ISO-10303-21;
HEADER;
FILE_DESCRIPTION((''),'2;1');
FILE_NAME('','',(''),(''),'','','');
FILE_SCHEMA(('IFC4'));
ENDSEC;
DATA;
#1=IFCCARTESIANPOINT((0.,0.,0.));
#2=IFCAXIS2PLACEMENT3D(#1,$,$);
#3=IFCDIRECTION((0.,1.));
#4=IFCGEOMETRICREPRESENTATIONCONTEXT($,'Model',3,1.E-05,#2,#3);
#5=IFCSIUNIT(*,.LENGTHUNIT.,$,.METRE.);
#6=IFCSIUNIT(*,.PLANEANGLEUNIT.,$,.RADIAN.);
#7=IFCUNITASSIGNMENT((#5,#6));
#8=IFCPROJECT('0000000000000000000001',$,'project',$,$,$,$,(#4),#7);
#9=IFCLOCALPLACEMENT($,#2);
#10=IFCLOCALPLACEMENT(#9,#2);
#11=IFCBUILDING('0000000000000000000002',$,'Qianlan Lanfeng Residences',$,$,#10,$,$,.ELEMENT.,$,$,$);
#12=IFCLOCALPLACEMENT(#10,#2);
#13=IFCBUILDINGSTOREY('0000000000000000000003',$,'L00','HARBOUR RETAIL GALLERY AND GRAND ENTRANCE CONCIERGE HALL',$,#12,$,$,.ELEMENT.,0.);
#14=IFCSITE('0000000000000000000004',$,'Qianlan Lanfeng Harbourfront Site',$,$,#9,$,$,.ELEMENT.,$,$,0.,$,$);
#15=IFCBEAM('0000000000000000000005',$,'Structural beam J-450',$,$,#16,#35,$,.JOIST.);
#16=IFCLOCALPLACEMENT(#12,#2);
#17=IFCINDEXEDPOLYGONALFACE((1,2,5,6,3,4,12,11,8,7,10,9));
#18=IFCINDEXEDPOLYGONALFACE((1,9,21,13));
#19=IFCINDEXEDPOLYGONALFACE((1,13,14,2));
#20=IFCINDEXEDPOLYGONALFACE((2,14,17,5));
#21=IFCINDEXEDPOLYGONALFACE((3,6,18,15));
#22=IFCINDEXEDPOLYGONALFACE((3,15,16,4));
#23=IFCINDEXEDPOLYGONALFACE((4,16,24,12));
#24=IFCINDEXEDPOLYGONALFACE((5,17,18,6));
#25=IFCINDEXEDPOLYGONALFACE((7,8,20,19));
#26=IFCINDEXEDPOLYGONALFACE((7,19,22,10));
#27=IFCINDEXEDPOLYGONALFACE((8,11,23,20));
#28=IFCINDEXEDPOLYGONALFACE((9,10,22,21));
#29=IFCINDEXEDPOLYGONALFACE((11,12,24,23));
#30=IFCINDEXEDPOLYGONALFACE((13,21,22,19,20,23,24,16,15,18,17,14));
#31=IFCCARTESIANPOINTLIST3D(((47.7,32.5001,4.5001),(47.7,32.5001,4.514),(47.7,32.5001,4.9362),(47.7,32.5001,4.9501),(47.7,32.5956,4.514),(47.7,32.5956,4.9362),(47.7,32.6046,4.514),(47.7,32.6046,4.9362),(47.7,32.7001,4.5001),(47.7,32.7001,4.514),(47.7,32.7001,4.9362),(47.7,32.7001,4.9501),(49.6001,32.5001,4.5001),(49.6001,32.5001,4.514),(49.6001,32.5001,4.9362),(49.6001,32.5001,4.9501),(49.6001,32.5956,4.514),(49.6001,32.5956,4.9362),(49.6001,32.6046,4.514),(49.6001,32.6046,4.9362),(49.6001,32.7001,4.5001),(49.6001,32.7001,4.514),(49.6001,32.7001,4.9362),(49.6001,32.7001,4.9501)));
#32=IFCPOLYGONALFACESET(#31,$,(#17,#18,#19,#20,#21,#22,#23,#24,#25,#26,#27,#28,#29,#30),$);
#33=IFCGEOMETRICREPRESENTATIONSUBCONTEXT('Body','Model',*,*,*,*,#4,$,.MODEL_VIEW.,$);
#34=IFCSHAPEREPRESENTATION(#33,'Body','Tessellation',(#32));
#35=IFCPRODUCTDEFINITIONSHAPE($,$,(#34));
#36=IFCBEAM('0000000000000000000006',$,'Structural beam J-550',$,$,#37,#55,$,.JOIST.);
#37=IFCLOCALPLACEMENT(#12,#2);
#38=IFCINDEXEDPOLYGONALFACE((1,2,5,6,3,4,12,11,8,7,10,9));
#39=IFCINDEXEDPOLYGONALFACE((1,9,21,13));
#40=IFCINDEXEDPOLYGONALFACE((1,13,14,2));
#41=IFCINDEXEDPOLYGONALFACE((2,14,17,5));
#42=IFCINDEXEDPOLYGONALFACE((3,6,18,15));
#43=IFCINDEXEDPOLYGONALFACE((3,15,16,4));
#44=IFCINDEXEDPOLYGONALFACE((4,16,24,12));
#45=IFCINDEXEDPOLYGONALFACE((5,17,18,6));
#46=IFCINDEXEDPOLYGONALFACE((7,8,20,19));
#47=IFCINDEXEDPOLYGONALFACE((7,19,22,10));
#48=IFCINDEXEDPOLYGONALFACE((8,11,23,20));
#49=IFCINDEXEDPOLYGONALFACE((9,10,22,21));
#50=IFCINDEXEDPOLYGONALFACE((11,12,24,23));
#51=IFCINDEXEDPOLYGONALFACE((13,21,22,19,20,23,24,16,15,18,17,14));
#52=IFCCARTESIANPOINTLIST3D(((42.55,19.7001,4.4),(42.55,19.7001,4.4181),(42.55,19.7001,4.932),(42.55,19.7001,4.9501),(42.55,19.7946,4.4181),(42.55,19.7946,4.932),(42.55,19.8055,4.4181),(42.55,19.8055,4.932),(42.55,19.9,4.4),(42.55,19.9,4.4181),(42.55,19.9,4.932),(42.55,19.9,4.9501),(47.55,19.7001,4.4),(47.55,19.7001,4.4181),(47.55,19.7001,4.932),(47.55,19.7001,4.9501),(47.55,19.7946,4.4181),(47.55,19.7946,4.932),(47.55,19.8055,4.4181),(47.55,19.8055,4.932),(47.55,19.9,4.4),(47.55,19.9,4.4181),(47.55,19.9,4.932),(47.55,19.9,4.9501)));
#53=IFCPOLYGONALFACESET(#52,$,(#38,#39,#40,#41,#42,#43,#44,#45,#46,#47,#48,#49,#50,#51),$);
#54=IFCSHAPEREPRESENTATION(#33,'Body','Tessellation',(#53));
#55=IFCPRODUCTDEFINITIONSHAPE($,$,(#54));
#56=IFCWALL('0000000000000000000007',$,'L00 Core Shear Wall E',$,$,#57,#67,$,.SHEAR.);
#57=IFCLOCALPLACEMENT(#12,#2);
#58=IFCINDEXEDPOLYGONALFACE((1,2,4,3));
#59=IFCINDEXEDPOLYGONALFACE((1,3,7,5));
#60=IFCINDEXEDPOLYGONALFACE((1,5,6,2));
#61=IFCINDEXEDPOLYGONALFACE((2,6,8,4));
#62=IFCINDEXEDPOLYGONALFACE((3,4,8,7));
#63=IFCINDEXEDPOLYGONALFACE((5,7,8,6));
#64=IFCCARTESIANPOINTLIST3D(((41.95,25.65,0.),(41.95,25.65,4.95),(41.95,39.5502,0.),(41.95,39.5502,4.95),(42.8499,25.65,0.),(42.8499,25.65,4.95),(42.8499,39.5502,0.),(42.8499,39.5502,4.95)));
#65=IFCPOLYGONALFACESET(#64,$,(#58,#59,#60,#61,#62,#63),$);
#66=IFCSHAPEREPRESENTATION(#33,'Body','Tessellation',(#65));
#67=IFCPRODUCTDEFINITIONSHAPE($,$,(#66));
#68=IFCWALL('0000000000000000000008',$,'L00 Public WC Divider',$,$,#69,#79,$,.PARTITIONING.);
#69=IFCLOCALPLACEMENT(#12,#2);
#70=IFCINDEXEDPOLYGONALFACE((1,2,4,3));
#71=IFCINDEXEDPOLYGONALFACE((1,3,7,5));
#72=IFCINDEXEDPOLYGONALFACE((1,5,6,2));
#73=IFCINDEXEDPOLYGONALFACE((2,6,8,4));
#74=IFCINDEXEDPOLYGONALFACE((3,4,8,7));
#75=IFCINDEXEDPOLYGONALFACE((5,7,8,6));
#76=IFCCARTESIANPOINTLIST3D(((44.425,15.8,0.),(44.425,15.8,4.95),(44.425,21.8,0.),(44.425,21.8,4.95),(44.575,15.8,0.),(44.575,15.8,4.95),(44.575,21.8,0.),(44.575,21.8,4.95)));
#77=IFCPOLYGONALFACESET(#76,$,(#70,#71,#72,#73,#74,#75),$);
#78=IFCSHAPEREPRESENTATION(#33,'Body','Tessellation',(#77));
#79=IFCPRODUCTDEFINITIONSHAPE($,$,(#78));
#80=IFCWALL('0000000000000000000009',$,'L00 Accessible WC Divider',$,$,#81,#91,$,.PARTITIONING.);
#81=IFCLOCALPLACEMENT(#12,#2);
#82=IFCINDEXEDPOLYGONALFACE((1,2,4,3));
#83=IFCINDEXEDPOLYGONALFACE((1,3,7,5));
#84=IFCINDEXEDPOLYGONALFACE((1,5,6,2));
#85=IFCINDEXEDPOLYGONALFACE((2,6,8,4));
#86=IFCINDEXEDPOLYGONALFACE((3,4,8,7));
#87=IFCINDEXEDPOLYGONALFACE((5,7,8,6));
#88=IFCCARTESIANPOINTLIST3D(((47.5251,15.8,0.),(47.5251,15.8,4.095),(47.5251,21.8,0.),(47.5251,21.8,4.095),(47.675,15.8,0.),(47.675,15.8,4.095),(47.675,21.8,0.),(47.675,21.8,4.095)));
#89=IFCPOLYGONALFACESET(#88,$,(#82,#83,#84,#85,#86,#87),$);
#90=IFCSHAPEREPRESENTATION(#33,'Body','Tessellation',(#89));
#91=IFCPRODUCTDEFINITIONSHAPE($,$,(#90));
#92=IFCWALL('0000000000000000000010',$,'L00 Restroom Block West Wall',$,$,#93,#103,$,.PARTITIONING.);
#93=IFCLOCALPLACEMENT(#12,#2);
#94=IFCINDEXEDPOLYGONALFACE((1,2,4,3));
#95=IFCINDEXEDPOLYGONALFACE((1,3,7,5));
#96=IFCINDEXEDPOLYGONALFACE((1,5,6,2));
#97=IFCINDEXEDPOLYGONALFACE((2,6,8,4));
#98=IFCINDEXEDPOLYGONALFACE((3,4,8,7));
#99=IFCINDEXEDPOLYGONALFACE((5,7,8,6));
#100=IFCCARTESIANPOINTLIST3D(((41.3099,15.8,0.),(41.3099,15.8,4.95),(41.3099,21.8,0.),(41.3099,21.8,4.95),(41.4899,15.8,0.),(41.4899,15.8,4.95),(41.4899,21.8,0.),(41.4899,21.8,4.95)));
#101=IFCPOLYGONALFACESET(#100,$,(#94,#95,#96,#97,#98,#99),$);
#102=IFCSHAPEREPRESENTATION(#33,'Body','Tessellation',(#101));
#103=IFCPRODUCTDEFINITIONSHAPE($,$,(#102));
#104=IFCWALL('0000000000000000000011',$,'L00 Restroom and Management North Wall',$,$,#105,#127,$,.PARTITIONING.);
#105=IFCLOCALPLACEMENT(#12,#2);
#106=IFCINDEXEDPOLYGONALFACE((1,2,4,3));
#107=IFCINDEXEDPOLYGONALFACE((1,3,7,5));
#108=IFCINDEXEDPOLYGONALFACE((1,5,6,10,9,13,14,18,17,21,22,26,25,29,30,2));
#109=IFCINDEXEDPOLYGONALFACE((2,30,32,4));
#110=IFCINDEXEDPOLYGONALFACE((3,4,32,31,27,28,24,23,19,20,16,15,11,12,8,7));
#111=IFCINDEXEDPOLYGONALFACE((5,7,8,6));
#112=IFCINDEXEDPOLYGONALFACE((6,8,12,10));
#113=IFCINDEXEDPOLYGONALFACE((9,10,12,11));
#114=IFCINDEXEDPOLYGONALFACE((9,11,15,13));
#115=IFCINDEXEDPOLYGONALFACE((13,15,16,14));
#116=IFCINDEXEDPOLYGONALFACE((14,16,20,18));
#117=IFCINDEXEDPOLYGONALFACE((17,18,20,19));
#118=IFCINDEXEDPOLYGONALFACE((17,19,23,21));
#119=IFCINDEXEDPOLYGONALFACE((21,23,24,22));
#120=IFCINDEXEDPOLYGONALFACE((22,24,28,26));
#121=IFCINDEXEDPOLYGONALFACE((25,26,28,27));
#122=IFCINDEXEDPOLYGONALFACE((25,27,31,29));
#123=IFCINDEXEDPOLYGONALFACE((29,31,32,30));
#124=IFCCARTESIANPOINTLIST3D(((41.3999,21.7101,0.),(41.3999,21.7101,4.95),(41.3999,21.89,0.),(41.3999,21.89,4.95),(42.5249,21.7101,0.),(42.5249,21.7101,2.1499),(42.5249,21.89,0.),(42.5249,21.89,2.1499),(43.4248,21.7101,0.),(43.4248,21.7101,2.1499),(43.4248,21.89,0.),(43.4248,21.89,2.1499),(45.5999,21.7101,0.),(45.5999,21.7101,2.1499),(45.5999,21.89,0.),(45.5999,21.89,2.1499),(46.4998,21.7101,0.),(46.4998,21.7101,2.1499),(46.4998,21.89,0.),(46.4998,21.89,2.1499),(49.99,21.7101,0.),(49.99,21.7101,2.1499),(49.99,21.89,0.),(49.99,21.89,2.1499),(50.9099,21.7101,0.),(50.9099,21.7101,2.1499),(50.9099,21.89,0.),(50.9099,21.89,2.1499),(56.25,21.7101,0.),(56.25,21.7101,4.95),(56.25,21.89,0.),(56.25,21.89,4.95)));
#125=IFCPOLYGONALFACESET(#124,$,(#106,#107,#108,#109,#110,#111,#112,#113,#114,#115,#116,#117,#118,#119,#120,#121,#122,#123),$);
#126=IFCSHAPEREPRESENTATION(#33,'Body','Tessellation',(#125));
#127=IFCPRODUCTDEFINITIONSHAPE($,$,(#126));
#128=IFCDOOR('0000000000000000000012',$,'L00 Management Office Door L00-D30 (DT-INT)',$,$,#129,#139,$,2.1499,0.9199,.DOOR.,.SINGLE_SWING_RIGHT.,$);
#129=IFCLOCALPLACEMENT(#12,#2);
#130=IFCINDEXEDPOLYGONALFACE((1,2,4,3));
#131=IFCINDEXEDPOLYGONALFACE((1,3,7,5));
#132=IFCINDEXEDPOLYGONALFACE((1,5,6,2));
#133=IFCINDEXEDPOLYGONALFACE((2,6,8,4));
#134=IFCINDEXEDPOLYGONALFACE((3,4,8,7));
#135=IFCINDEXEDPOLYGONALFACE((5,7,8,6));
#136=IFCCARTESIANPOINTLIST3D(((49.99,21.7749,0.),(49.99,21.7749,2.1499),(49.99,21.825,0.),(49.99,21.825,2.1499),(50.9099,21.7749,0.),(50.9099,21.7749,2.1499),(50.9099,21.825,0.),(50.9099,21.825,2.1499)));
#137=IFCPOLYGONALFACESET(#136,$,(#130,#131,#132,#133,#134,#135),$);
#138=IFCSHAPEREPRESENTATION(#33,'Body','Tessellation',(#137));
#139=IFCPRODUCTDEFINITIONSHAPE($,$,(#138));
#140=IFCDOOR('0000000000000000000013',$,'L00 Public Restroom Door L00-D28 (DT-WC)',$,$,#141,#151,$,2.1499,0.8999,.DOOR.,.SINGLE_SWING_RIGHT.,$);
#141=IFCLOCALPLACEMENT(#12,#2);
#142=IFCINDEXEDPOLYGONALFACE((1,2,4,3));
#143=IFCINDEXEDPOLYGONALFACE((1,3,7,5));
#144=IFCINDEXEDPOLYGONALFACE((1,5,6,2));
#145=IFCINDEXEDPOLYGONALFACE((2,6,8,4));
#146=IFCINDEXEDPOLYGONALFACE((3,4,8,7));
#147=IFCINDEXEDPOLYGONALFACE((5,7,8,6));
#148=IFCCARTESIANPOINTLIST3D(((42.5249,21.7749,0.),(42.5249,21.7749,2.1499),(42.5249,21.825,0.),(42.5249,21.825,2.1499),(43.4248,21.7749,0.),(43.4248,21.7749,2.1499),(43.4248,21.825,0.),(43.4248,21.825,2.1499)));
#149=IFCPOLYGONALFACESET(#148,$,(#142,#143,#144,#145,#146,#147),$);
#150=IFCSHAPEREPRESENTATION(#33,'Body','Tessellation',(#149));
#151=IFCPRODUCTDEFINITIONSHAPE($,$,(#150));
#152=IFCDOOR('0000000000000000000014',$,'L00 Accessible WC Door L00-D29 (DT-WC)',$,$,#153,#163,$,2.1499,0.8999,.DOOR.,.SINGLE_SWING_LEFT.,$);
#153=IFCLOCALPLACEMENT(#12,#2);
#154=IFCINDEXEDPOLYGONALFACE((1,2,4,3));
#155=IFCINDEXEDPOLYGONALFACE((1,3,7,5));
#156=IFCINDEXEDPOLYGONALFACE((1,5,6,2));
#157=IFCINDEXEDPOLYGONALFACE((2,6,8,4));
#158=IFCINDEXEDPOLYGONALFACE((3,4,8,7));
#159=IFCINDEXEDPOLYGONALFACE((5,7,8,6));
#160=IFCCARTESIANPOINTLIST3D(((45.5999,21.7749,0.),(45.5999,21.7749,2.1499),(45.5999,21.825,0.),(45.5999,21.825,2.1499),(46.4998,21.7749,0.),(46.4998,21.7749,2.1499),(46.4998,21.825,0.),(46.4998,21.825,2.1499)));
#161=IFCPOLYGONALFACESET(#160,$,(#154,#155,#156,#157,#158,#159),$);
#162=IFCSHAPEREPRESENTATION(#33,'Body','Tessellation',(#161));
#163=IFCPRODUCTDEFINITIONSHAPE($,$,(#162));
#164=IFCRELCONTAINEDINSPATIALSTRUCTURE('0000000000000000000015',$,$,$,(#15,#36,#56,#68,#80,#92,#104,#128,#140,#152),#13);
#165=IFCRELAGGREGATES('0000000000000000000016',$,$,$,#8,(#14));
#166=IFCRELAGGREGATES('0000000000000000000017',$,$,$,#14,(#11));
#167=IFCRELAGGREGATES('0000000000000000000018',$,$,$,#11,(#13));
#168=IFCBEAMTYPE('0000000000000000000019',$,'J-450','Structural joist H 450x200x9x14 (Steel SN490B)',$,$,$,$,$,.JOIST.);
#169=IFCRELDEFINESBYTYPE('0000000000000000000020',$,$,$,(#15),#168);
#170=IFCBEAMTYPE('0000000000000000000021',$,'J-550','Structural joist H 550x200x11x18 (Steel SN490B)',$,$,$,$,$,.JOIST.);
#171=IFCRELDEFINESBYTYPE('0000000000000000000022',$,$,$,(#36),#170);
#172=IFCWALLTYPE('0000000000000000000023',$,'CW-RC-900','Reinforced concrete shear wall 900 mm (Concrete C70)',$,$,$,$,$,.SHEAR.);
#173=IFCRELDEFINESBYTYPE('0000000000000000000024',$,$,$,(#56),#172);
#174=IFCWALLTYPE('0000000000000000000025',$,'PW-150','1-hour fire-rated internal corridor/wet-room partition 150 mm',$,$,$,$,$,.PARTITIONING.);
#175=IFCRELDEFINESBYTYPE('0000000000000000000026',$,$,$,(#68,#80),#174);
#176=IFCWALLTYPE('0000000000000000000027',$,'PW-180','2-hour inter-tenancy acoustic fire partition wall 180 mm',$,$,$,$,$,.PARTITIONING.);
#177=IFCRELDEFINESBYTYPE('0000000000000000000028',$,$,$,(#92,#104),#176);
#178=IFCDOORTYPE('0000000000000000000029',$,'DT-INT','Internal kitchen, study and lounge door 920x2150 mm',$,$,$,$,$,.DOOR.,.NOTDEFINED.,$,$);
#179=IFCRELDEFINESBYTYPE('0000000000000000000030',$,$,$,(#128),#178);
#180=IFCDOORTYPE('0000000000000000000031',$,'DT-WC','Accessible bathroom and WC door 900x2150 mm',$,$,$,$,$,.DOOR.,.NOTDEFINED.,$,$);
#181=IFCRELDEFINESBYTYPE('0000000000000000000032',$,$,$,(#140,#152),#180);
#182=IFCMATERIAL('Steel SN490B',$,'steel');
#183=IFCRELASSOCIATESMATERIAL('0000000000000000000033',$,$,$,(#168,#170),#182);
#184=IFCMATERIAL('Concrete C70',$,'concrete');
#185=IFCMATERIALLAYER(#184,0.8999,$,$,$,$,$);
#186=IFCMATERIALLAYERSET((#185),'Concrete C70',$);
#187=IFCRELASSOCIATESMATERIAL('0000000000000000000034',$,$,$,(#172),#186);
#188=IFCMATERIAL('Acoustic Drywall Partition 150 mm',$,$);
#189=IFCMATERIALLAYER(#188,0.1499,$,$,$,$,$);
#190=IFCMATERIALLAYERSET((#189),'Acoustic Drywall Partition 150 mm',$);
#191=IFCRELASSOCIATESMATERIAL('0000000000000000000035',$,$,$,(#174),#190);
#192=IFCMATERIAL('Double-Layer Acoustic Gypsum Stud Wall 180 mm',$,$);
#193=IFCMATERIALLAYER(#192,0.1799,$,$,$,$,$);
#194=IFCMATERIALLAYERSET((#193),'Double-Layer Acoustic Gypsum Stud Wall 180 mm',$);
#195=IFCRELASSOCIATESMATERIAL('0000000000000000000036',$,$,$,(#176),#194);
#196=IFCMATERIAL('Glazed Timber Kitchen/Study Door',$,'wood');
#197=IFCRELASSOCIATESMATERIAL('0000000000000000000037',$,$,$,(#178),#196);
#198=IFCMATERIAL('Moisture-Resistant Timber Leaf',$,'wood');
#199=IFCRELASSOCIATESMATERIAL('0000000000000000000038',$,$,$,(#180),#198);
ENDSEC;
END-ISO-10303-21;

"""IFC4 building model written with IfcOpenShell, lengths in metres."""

from ifc_helpers import new_model, si_unit, direction, frame, frame_2d, origin, origin_2d, place, context, subcontext, project, spatial, rectangle, i_section, extrude, material, layer, layer_set, material_profile, profile_set, type_object, element, fill, save


model = new_model("IFC4")

# Units and contexts
model_context = context("Model", 3, precision=1e-05, world=origin(), true_north=direction((0.0, 1.0)))
body_context = subcontext(model_context, "Body", "Model", "MODEL_VIEW")
ifc_project = project(units=[si_unit("LENGTHUNIT", "METRE"), si_unit("PLANEANGLEUNIT", "RADIAN")], contexts=[model_context])

# Site, building, storey
site_placement = place(None, origin())
site = spatial("IfcSite", under=ifc_project, at=site_placement, Name="Qianlan Lanfeng Harbourfront Site", CompositionType="ELEMENT", RefElevation=0.0)
building_placement = place(site_placement, origin())
building = spatial("IfcBuilding", under=site, at=building_placement, Name="Qianlan Lanfeng Residences", CompositionType="ELEMENT")
storey_placement = place(building_placement, origin())
storey = spatial("IfcBuildingStorey", under=building, at=storey_placement, Name="L00", Description="HARBOUR RETAIL GALLERY AND GRAND ENTRANCE CONCIERGE HALL", CompositionType="ELEMENT", Elevation=0.0)

# Beams
ifc_material_1 = material(Name="Steel SN490B", Category="steel")
ifc_material_profile_1 = material_profile(ifc_material_1, i_section(OverallWidth=0.2, OverallDepth=0.45, WebThickness=0.009, FlangeThickness=0.0139, at=origin_2d()), Name="H 450x200x9x14")
ifc_profile_set_1 = profile_set([ifc_material_profile_1], Name="Steel SN490B")
beam_type_1 = type_object("IfcBeamType", Name="J-450", Description="Structural joist H 450x200x9x14 (Steel SN490B)", PredefinedType="JOIST", material=ifc_profile_set_1)
for number, where, z_axis, x_axis, name in (
    (1, (47.7, 32.6001, 4.7251), (1.0, 0.0, 0.0), (0.0, 1.0, 0.0), "Structural beam J-450"),
):
    element("IfcBeam", number, at=place(storey_placement, frame(where, z_axis=z_axis, x_axis=x_axis)), inside=storey, type_object=beam_type_1, Name=name, PredefinedType="JOIST", context=body_context, shape_type="SweptSolid", body=[
        extrude(i_section(OverallWidth=0.2, OverallDepth=0.45, WebThickness=0.009, FlangeThickness=0.0139, at=origin_2d()), origin(), (0.0, 0.0, 1.0), 1.9001),
    ])
ifc_material_profile_2 = material_profile(ifc_material_1, i_section(OverallWidth=0.2, OverallDepth=0.55, WebThickness=0.011, FlangeThickness=0.0181, at=origin_2d()), Name="H 550x200x11x18")
ifc_profile_set_2 = profile_set([ifc_material_profile_2], Name="Steel SN490B")
beam_type_2 = type_object("IfcBeamType", Name="J-550", Description="Structural joist H 550x200x11x18 (Steel SN490B)", PredefinedType="JOIST", material=ifc_profile_set_2)
beam_1_placement = place(storey_placement, frame((42.55, 19.8, 4.675), z_axis=(1.0, 0.0, 0.0), x_axis=(0.0, 1.0, 0.0)))
element("IfcBeam", 2, at=beam_1_placement, inside=storey, type_object=beam_type_2, Name="Structural beam J-550", PredefinedType="JOIST", context=body_context, shape_type="SweptSolid", body=[
    extrude(i_section(OverallWidth=0.2, OverallDepth=0.55, WebThickness=0.011, FlangeThickness=0.0181, at=origin_2d()), origin(), (0.0, 0.0, 1.0), 5.0),
])

# Walls
ifc_material_2 = material(Name="Concrete C70", Category="concrete")
ifc_layer_1 = layer(ifc_material_2, 0.8999)
ifc_layer_set_1 = layer_set([ifc_layer_1], Name="Concrete C70")
wall_type_1 = type_object("IfcWallType", Name="CW-RC-900", Description="Reinforced concrete shear wall 900 mm (Concrete C70)", PredefinedType="SHEAR", material=ifc_layer_set_1)
wall_1_placement = place(storey_placement, frame((42.3999, 25.6499, 0.0), z_axis=(0.0, 0.0, 1.0), x_axis=(0.0, 1.0, 0.0)))
element("IfcWall", 3, at=wall_1_placement, inside=storey, type_object=wall_type_1, Name="L00 Core Shear Wall E", PredefinedType="SHEAR", context=body_context, shape_type="SweptSolid", body=[
    extrude(rectangle(XDim=13.9001, YDim=0.8999, at=frame_2d((6.9502, 0.0))), origin(), (0.0, 0.0, 1.0), 4.95),
])
ifc_material_3 = material(Name="Acoustic Drywall Partition 150 mm")
ifc_layer_2 = layer(ifc_material_3, 0.1499)
ifc_layer_set_2 = layer_set([ifc_layer_2], Name="Acoustic Drywall Partition 150 mm")
wall_type_2 = type_object("IfcWallType", Name="PW-150", Description="1-hour fire-rated internal corridor/wet-room partition 150 mm", PredefinedType="PARTITIONING", material=ifc_layer_set_2)
wall_2_placement = place(storey_placement, frame((44.5, 15.8, 0.0), z_axis=(0.0, 0.0, 1.0), x_axis=(0.0, 1.0, 0.0)))
element("IfcWall", 4, at=wall_2_placement, inside=storey, type_object=wall_type_2, Name="L00 Public WC Divider", PredefinedType="PARTITIONING", context=body_context, shape_type="SweptSolid", body=[
    extrude(rectangle(XDim=6.0, YDim=0.1499, at=frame_2d((3.0, 0.0))), origin(), (0.0, 0.0, 1.0), 4.95),
])
wall_3_placement = place(storey_placement, frame((47.6001, 15.8, 0.0), z_axis=(0.0, 0.0, 1.0), x_axis=(0.0, 1.0, 0.0)))
element("IfcWall", 5, at=wall_3_placement, inside=storey, type_object=wall_type_2, Name="L00 Accessible WC Divider", PredefinedType="PARTITIONING", context=body_context, shape_type="SweptSolid", body=[
    extrude(rectangle(XDim=6.0, YDim=0.1499, at=frame_2d((3.0, 0.0))), origin(), (0.0, 0.0, 1.0), 4.095),
])
ifc_material_4 = material(Name="Double-Layer Acoustic Gypsum Stud Wall 180 mm")
ifc_layer_3 = layer(ifc_material_4, 0.1799)
ifc_layer_set_3 = layer_set([ifc_layer_3], Name="Double-Layer Acoustic Gypsum Stud Wall 180 mm")
wall_type_3 = type_object("IfcWallType", Name="PW-180", Description="2-hour inter-tenancy acoustic fire partition wall 180 mm", PredefinedType="PARTITIONING", material=ifc_layer_set_3)
wall_4_placement = place(storey_placement, frame((41.3999, 15.8, 0.0), z_axis=(0.0, 0.0, 1.0), x_axis=(0.0, 1.0, 0.0)))
element("IfcWall", 6, at=wall_4_placement, inside=storey, type_object=wall_type_3, Name="L00 Restroom Block West Wall", PredefinedType="PARTITIONING", context=body_context, shape_type="SweptSolid", body=[
    extrude(rectangle(XDim=6.0, YDim=0.1799, at=frame_2d((3.0, 0.0))), origin(), (0.0, 0.0, 1.0), 4.95),
])

# Wall, openings, doors
wall_5_placement = place(storey_placement, frame((41.3999, 21.8, 0.0), z_axis=(0.0, 0.0, 1.0), x_axis=(1.0, 0.0, 0.0)))
wall_5 = element("IfcWall", 7, at=wall_5_placement, inside=storey, type_object=wall_type_3, Name="L00 Restroom and Management North Wall", PredefinedType="PARTITIONING", context=body_context, shape_type="SweptSolid", body=[
    extrude(rectangle(XDim=14.8501, YDim=0.1799, at=frame_2d((7.425, 0.0))), origin(), (0.0, 0.0, 1.0), 4.95),
])
opening_1_placement = place(wall_5_placement, frame((1.125, 0.0, 0.0)))
opening_1 = element("IfcOpeningElement", 8, at=opening_1_placement, cuts=wall_5, PredefinedType="OPENING", context=body_context, shape_type="SweptSolid", body=[
    extrude(rectangle(XDim=0.8999, YDim=2.1499, at=frame_2d((0.45, 1.075))), frame((0.0, 0.1001, 0.0), z_axis=(0.0, -1.0, 0.0), x_axis=(1.0, 0.0, 0.0)), (0.0, 0.0, 1.0), 0.2),
])
opening_2_placement = place(wall_5_placement, frame((4.2, 0.0, 0.0)))
opening_2 = element("IfcOpeningElement", 9, at=opening_2_placement, cuts=wall_5, PredefinedType="OPENING", context=body_context, shape_type="SweptSolid", body=[
    extrude(rectangle(XDim=0.8999, YDim=2.1499, at=frame_2d((0.45, 1.075))), frame((0.0, 0.1001, 0.0), z_axis=(0.0, -1.0, 0.0), x_axis=(1.0, 0.0, 0.0)), (0.0, 0.0, 1.0), 0.2),
])
opening_3_placement = place(wall_5_placement, frame((8.5901, 0.0, 0.0)))
opening_3 = element("IfcOpeningElement", 10, at=opening_3_placement, cuts=wall_5, PredefinedType="OPENING", context=body_context, shape_type="SweptSolid", body=[
    extrude(rectangle(XDim=0.9199, YDim=2.1499, at=frame_2d((0.46, 1.075))), frame((0.0, 0.1001, 0.0), z_axis=(0.0, -1.0, 0.0), x_axis=(1.0, 0.0, 0.0)), (0.0, 0.0, 1.0), 0.2),
])
ifc_material_5 = material(Name="Glazed Timber Kitchen/Study Door", Category="wood")
door_type_1 = type_object("IfcDoorType", Name="DT-INT", Description="Internal kitchen, study and lounge door 920x2150 mm", OperationType="NOTDEFINED", PredefinedType="DOOR", material=ifc_material_5)
door_1_placement = place(opening_3_placement, origin())
door_1 = element("IfcDoor", 11, at=door_1_placement, inside=storey, type_object=door_type_1, Name="L00 Management Office Door L00-D30 (DT-INT)", OperationType="SINGLE_SWING_RIGHT", OverallHeight=2.1499, OverallWidth=0.9199, PredefinedType="DOOR", context=body_context, shape_type="SweptSolid", body=[
    extrude(rectangle(XDim=0.9199, YDim=2.1499, at=frame_2d((0.46, 1.075))), frame((0.0, 0.0249, 0.0), z_axis=(0.0, -1.0, 0.0), x_axis=(1.0, 0.0, 0.0)), (0.0, 0.0, 1.0), 0.05),
])
fill(opening_3, door_1)
ifc_material_6 = material(Name="Moisture-Resistant Timber Leaf", Category="wood")
door_type_2 = type_object("IfcDoorType", Name="DT-WC", Description="Accessible bathroom and WC door 900x2150 mm", OperationType="NOTDEFINED", PredefinedType="DOOR", material=ifc_material_6)
door_2_placement = place(opening_1_placement, origin())
door_2 = element("IfcDoor", 12, at=door_2_placement, inside=storey, type_object=door_type_2, Name="L00 Public Restroom Door L00-D28 (DT-WC)", OperationType="SINGLE_SWING_RIGHT", OverallHeight=2.1499, OverallWidth=0.8999, PredefinedType="DOOR", context=body_context, shape_type="SweptSolid", body=[
    extrude(rectangle(XDim=0.8999, YDim=2.1499, at=frame_2d((0.45, 1.075))), frame((0.0, 0.0249, 0.0), z_axis=(0.0, -1.0, 0.0), x_axis=(1.0, 0.0, 0.0)), (0.0, 0.0, 1.0), 0.05),
])
fill(opening_1, door_2)
door_3_placement = place(opening_2_placement, origin())
door_3 = element("IfcDoor", 13, at=door_3_placement, inside=storey, type_object=door_type_2, Name="L00 Accessible WC Door L00-D29 (DT-WC)", OperationType="SINGLE_SWING_LEFT", OverallHeight=2.1499, OverallWidth=0.8999, PredefinedType="DOOR", context=body_context, shape_type="SweptSolid", body=[
    extrude(rectangle(XDim=0.8999, YDim=2.1499, at=frame_2d((0.45, 1.075))), frame((0.0, 0.0249, 0.0), z_axis=(0.0, -1.0, 0.0), x_axis=(1.0, 0.0, 0.0)), (0.0, 0.0, 1.0), 0.05),
])
fill(opening_2, door_3)

save(model, "model.ifc")
